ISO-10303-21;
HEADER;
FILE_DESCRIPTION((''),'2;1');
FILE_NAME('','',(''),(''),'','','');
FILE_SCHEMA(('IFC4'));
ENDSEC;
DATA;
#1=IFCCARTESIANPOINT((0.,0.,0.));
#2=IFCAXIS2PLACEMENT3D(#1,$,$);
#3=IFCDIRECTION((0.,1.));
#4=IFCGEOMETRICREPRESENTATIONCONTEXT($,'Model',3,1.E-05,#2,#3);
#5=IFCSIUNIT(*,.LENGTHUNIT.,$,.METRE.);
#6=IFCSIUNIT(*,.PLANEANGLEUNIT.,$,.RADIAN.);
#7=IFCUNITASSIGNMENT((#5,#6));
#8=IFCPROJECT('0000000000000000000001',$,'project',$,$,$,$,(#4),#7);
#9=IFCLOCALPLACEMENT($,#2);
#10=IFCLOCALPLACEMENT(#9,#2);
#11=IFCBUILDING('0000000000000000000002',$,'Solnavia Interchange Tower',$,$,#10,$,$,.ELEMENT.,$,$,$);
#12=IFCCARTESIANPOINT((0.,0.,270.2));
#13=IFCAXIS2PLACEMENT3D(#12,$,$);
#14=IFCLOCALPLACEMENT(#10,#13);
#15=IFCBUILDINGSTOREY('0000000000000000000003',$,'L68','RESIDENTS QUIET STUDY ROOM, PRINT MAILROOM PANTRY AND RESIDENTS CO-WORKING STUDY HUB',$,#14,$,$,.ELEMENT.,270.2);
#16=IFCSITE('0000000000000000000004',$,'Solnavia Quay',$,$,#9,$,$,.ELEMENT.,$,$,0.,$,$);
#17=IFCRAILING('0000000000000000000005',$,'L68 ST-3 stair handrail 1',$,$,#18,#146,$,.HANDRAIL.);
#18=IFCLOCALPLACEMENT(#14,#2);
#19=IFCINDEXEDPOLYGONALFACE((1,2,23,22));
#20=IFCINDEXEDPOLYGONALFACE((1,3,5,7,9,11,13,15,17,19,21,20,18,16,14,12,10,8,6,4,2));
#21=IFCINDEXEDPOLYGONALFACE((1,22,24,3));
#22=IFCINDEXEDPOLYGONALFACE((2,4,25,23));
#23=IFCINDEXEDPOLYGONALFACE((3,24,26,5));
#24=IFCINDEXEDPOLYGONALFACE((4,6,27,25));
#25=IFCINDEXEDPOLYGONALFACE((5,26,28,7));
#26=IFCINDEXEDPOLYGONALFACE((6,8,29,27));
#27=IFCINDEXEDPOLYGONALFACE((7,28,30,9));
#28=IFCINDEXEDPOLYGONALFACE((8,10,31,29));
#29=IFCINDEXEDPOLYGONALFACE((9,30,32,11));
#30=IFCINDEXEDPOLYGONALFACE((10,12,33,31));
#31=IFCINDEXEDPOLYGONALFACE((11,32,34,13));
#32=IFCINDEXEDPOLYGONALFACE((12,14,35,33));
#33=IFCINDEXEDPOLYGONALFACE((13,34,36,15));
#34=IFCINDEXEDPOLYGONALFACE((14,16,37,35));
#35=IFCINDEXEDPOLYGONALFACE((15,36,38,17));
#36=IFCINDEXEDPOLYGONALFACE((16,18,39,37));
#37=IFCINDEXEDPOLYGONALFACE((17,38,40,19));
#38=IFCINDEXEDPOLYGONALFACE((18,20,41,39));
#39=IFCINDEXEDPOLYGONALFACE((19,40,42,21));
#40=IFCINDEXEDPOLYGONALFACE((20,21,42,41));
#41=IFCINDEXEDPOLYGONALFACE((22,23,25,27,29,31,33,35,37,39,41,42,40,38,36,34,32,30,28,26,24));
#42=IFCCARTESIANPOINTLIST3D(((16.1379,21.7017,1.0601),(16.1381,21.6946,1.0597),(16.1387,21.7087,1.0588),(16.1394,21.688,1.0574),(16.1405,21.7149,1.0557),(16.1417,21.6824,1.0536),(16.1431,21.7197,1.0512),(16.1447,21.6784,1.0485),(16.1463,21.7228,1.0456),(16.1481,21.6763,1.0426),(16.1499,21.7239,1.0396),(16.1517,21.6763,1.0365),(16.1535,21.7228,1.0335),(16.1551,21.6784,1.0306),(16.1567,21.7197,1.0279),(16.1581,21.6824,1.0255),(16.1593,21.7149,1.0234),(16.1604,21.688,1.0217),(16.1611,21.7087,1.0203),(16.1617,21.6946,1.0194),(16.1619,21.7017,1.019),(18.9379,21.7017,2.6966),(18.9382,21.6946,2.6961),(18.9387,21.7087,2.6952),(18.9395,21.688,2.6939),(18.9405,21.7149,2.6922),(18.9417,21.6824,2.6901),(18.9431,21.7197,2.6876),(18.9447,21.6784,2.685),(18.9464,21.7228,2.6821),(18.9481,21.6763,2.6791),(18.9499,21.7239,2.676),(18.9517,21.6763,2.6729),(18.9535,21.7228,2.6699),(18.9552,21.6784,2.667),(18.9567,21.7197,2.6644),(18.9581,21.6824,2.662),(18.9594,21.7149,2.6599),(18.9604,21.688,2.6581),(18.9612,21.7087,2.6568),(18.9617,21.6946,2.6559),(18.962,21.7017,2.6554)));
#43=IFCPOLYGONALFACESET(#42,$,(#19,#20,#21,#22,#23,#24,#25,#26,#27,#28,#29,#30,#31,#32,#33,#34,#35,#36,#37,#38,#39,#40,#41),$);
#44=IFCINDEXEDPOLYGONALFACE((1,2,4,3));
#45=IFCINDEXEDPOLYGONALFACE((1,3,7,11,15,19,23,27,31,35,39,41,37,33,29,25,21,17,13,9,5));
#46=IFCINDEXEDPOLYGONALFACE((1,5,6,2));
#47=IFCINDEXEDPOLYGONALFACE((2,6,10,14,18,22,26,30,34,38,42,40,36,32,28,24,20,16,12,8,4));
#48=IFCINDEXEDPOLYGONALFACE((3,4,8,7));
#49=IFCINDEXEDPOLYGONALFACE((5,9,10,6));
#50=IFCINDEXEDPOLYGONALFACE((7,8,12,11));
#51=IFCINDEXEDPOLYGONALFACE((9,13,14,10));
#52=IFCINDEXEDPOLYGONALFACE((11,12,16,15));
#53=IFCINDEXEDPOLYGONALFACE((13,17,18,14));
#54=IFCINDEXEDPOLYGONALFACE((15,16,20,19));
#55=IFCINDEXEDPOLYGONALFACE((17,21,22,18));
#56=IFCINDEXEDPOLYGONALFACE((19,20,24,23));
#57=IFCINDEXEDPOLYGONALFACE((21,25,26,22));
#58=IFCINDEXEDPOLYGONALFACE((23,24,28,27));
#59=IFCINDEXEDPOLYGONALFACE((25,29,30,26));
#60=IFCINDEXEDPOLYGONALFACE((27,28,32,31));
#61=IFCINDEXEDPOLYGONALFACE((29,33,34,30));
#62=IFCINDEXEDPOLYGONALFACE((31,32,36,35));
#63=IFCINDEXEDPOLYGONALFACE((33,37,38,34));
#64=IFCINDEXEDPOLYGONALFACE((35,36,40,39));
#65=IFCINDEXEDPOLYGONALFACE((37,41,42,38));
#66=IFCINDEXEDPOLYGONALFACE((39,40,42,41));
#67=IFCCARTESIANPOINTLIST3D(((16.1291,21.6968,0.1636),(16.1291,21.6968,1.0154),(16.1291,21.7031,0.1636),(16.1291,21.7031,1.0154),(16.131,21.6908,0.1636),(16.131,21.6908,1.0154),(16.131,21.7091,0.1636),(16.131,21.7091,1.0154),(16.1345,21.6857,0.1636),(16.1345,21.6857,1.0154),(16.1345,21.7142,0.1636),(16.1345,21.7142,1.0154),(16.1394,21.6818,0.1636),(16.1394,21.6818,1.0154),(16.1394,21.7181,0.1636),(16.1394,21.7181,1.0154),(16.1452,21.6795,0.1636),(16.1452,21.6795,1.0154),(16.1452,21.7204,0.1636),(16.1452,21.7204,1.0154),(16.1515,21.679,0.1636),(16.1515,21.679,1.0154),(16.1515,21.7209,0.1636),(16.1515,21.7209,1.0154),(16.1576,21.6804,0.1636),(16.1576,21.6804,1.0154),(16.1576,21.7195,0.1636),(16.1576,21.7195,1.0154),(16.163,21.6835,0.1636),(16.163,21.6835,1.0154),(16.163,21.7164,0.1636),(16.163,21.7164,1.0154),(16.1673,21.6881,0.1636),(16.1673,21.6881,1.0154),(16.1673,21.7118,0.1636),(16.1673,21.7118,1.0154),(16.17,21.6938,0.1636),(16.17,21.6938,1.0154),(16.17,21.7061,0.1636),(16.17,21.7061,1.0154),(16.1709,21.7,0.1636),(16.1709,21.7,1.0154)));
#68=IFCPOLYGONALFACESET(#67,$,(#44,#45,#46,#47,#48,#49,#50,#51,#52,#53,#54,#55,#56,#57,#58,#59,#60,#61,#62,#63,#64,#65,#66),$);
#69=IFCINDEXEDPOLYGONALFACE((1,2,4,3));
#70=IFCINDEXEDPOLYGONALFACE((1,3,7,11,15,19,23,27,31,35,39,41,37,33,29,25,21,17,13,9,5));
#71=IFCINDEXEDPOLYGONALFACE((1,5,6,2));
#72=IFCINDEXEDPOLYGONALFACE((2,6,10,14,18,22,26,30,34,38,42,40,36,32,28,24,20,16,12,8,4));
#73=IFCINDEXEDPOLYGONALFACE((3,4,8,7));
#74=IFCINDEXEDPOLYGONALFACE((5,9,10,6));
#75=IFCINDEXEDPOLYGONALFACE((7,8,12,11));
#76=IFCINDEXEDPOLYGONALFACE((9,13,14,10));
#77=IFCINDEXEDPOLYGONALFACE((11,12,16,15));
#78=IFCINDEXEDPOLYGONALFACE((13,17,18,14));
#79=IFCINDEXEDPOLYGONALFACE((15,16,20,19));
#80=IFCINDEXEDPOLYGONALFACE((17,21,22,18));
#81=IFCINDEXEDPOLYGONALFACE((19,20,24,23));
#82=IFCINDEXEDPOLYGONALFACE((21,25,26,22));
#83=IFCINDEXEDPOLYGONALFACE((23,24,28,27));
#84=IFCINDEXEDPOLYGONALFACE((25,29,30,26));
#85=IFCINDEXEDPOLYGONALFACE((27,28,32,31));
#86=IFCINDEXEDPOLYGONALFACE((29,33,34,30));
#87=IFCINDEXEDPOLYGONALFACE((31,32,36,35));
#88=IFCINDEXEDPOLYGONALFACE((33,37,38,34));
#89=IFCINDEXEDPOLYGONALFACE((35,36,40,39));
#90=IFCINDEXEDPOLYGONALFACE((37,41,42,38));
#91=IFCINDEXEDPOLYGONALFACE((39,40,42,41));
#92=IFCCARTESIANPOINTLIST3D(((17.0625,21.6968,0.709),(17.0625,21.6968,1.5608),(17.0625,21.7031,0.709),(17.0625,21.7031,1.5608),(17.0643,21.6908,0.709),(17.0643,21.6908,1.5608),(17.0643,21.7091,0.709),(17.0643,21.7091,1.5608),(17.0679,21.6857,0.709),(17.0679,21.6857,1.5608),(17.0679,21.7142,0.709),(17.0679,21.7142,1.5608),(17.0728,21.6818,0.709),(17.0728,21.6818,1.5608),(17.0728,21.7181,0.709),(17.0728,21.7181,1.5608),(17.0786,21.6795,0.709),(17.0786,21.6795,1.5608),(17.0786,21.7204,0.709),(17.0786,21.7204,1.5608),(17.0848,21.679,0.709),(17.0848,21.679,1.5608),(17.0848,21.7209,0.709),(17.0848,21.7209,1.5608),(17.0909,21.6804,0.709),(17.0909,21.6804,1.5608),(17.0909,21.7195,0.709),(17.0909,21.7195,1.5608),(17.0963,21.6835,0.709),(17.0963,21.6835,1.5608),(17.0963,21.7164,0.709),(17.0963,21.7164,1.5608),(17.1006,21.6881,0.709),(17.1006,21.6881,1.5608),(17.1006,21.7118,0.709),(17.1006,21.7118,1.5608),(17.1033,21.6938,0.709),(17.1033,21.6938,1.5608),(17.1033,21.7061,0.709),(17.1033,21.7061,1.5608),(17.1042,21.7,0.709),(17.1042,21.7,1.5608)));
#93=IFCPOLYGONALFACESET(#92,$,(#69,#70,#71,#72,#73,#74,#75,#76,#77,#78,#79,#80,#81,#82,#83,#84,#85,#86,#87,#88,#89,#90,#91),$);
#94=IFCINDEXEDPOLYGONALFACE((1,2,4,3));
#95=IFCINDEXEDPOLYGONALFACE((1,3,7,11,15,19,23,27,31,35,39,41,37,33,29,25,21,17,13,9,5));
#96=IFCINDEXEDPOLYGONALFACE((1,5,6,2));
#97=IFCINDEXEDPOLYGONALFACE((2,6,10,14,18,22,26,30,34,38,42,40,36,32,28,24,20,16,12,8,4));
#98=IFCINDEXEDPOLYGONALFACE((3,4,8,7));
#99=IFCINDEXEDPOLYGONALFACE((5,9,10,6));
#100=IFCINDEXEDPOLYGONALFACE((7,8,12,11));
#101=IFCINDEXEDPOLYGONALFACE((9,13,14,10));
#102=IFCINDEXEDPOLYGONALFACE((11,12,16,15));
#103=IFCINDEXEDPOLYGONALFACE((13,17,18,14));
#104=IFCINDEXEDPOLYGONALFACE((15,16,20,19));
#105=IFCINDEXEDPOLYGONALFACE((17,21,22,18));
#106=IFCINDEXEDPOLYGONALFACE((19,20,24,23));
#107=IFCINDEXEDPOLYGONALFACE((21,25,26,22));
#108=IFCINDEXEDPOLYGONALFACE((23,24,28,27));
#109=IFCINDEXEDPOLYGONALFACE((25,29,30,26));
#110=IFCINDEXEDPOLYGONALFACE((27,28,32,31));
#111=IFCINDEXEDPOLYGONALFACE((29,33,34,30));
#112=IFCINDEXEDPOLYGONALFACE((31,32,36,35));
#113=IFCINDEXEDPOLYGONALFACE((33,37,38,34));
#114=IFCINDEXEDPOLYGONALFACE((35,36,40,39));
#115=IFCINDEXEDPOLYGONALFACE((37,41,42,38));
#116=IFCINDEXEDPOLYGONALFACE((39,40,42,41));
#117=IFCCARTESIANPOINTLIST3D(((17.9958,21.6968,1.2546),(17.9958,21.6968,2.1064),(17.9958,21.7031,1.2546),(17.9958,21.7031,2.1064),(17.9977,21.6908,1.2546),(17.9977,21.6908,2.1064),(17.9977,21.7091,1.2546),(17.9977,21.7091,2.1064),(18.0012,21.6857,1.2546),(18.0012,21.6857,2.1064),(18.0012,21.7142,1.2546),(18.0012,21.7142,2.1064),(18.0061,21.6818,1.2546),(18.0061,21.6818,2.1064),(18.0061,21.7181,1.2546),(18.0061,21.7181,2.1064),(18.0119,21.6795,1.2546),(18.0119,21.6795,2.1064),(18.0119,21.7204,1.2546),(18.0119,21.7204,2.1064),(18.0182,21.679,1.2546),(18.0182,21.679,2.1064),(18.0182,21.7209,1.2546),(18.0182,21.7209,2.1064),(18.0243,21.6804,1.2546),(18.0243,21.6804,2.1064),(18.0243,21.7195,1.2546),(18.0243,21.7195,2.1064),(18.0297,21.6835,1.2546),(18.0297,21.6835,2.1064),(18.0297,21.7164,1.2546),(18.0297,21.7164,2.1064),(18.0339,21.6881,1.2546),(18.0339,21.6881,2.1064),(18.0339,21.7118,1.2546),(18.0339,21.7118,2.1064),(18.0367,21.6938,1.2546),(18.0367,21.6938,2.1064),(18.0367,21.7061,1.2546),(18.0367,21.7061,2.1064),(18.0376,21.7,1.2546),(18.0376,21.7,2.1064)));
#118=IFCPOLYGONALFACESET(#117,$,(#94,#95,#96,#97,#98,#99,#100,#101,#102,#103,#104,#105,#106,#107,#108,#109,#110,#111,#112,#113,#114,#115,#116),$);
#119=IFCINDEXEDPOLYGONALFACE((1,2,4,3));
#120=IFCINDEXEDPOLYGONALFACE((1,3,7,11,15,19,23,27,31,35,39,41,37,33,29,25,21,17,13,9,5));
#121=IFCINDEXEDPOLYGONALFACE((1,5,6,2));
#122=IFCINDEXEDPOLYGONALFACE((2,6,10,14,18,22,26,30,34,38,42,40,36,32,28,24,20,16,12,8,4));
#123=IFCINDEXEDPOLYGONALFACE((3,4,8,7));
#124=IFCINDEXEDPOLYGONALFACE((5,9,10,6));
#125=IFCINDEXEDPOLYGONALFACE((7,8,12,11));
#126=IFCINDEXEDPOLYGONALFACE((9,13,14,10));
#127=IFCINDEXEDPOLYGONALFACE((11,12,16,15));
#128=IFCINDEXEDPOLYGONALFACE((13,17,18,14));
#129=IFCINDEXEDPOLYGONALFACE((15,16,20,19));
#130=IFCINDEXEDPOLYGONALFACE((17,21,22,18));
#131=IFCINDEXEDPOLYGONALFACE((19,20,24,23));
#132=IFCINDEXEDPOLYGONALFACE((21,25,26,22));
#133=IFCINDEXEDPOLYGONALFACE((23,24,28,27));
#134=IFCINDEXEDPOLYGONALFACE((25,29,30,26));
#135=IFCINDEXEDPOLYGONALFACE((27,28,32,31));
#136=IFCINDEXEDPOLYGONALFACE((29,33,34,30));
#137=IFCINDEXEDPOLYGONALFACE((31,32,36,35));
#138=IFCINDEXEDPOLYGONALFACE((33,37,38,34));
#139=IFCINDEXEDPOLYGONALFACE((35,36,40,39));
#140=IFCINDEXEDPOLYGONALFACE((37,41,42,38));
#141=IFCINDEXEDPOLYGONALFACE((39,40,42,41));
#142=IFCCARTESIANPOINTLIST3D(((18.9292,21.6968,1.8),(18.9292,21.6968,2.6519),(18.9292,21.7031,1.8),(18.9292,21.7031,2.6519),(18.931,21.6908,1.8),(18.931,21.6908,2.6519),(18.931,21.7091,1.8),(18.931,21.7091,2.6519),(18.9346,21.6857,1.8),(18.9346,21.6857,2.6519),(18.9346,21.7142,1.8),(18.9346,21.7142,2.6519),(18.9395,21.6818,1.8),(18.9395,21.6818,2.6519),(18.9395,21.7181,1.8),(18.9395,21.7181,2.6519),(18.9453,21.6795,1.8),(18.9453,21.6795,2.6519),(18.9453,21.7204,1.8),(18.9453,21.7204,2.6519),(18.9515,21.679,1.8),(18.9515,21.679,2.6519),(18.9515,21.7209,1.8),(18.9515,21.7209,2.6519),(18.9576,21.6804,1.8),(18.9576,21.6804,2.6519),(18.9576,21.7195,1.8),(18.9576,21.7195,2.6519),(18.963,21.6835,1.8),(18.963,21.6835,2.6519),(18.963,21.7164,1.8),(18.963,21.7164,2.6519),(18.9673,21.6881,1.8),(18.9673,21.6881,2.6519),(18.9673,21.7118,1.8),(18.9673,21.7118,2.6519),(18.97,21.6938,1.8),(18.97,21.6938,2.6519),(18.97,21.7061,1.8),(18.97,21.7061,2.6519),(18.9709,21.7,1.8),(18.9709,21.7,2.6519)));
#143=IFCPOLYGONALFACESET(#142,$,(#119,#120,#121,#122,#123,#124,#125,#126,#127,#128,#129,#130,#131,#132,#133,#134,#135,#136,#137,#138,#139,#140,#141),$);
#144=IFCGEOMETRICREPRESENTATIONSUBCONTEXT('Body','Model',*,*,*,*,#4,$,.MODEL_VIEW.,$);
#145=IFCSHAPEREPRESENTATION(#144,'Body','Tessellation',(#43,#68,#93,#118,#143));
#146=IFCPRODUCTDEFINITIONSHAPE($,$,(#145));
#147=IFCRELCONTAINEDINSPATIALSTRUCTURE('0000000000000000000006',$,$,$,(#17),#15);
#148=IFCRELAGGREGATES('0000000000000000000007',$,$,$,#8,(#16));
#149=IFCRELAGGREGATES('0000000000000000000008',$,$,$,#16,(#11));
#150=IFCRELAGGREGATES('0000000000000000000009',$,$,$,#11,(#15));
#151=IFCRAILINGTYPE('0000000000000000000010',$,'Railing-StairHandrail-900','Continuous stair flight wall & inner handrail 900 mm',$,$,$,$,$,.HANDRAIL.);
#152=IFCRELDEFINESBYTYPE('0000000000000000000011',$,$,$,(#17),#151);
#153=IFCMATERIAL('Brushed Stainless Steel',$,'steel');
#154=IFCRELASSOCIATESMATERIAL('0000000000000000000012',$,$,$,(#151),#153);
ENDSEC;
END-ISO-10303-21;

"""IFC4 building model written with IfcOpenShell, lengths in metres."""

from ifc_helpers import new_model, si_unit, direction, frame, origin, origin_2d, place, context, subcontext, project, spatial, circle, extrude, material, type_object, element, save


model = new_model("IFC4")

# Units and contexts
model_context = context("Model", 3, precision=1e-05, world=origin(), true_north=direction((0.0, 1.0)))
body_context = subcontext(model_context, "Body", "Model", "MODEL_VIEW")
ifc_project = project(units=[si_unit("LENGTHUNIT", "METRE"), si_unit("PLANEANGLEUNIT", "RADIAN")], contexts=[model_context])

# Site, building, storey
site_placement = place(None, origin())
site = spatial("IfcSite", under=ifc_project, at=site_placement, Name="Solnavia Quay", CompositionType="ELEMENT", RefElevation=0.0)
building_placement = place(site_placement, origin())
building = spatial("IfcBuilding", under=site, at=building_placement, Name="Solnavia Interchange Tower", CompositionType="ELEMENT")
storey_placement = place(building_placement, frame((0.0, 0.0, 270.2)))
storey = spatial("IfcBuildingStorey", under=building, at=storey_placement, Name="L68", Description="RESIDENTS QUIET STUDY ROOM, PRINT MAILROOM PANTRY AND RESIDENTS CO-WORKING STUDY HUB", CompositionType="ELEMENT", Elevation=270.2)

# Railing
ifc_material_1 = material(Name="Brushed Stainless Steel", Category="steel")
railing_type_1 = type_object("IfcRailingType", Name="Railing-StairHandrail-900", Description="Continuous stair flight wall & inner handrail 900 mm", PredefinedType="HANDRAIL", material=ifc_material_1)
railing_1_placement = place(storey_placement, frame((16.1499, 21.7, 0.1636)))
element("IfcRailing", 1, at=railing_1_placement, inside=storey, type_object=railing_type_1, Name="L68 ST-3 stair handrail 1", PredefinedType="HANDRAIL", context=body_context, shape_type="SweptSolid", body=[
    extrude(circle(Radius=0.0239, at=origin_2d()), frame((0.0, 0.0, 0.876), z_axis=(0.863361, 0.0, 0.504587), x_axis=(0.0, 1.0, 0.0)), (0.0, 0.0, 1.0), 3.2432),
    extrude(circle(Radius=0.021, at=origin_2d()), origin(), (0.0, 0.0, 1.0), 0.8518),
    extrude(circle(Radius=0.021, at=origin_2d()), frame((0.9333, 0.0, 0.5454)), (0.0, 0.0, 1.0), 0.8518),
    extrude(circle(Radius=0.021, at=origin_2d()), frame((1.8667, 0.0, 1.0911)), (0.0, 0.0, 1.0), 0.8518),
    extrude(circle(Radius=0.021, at=origin_2d()), frame((2.8, 0.0, 1.6365)), (0.0, 0.0, 1.0), 0.8518),
])

save(model, "model.ifc")
